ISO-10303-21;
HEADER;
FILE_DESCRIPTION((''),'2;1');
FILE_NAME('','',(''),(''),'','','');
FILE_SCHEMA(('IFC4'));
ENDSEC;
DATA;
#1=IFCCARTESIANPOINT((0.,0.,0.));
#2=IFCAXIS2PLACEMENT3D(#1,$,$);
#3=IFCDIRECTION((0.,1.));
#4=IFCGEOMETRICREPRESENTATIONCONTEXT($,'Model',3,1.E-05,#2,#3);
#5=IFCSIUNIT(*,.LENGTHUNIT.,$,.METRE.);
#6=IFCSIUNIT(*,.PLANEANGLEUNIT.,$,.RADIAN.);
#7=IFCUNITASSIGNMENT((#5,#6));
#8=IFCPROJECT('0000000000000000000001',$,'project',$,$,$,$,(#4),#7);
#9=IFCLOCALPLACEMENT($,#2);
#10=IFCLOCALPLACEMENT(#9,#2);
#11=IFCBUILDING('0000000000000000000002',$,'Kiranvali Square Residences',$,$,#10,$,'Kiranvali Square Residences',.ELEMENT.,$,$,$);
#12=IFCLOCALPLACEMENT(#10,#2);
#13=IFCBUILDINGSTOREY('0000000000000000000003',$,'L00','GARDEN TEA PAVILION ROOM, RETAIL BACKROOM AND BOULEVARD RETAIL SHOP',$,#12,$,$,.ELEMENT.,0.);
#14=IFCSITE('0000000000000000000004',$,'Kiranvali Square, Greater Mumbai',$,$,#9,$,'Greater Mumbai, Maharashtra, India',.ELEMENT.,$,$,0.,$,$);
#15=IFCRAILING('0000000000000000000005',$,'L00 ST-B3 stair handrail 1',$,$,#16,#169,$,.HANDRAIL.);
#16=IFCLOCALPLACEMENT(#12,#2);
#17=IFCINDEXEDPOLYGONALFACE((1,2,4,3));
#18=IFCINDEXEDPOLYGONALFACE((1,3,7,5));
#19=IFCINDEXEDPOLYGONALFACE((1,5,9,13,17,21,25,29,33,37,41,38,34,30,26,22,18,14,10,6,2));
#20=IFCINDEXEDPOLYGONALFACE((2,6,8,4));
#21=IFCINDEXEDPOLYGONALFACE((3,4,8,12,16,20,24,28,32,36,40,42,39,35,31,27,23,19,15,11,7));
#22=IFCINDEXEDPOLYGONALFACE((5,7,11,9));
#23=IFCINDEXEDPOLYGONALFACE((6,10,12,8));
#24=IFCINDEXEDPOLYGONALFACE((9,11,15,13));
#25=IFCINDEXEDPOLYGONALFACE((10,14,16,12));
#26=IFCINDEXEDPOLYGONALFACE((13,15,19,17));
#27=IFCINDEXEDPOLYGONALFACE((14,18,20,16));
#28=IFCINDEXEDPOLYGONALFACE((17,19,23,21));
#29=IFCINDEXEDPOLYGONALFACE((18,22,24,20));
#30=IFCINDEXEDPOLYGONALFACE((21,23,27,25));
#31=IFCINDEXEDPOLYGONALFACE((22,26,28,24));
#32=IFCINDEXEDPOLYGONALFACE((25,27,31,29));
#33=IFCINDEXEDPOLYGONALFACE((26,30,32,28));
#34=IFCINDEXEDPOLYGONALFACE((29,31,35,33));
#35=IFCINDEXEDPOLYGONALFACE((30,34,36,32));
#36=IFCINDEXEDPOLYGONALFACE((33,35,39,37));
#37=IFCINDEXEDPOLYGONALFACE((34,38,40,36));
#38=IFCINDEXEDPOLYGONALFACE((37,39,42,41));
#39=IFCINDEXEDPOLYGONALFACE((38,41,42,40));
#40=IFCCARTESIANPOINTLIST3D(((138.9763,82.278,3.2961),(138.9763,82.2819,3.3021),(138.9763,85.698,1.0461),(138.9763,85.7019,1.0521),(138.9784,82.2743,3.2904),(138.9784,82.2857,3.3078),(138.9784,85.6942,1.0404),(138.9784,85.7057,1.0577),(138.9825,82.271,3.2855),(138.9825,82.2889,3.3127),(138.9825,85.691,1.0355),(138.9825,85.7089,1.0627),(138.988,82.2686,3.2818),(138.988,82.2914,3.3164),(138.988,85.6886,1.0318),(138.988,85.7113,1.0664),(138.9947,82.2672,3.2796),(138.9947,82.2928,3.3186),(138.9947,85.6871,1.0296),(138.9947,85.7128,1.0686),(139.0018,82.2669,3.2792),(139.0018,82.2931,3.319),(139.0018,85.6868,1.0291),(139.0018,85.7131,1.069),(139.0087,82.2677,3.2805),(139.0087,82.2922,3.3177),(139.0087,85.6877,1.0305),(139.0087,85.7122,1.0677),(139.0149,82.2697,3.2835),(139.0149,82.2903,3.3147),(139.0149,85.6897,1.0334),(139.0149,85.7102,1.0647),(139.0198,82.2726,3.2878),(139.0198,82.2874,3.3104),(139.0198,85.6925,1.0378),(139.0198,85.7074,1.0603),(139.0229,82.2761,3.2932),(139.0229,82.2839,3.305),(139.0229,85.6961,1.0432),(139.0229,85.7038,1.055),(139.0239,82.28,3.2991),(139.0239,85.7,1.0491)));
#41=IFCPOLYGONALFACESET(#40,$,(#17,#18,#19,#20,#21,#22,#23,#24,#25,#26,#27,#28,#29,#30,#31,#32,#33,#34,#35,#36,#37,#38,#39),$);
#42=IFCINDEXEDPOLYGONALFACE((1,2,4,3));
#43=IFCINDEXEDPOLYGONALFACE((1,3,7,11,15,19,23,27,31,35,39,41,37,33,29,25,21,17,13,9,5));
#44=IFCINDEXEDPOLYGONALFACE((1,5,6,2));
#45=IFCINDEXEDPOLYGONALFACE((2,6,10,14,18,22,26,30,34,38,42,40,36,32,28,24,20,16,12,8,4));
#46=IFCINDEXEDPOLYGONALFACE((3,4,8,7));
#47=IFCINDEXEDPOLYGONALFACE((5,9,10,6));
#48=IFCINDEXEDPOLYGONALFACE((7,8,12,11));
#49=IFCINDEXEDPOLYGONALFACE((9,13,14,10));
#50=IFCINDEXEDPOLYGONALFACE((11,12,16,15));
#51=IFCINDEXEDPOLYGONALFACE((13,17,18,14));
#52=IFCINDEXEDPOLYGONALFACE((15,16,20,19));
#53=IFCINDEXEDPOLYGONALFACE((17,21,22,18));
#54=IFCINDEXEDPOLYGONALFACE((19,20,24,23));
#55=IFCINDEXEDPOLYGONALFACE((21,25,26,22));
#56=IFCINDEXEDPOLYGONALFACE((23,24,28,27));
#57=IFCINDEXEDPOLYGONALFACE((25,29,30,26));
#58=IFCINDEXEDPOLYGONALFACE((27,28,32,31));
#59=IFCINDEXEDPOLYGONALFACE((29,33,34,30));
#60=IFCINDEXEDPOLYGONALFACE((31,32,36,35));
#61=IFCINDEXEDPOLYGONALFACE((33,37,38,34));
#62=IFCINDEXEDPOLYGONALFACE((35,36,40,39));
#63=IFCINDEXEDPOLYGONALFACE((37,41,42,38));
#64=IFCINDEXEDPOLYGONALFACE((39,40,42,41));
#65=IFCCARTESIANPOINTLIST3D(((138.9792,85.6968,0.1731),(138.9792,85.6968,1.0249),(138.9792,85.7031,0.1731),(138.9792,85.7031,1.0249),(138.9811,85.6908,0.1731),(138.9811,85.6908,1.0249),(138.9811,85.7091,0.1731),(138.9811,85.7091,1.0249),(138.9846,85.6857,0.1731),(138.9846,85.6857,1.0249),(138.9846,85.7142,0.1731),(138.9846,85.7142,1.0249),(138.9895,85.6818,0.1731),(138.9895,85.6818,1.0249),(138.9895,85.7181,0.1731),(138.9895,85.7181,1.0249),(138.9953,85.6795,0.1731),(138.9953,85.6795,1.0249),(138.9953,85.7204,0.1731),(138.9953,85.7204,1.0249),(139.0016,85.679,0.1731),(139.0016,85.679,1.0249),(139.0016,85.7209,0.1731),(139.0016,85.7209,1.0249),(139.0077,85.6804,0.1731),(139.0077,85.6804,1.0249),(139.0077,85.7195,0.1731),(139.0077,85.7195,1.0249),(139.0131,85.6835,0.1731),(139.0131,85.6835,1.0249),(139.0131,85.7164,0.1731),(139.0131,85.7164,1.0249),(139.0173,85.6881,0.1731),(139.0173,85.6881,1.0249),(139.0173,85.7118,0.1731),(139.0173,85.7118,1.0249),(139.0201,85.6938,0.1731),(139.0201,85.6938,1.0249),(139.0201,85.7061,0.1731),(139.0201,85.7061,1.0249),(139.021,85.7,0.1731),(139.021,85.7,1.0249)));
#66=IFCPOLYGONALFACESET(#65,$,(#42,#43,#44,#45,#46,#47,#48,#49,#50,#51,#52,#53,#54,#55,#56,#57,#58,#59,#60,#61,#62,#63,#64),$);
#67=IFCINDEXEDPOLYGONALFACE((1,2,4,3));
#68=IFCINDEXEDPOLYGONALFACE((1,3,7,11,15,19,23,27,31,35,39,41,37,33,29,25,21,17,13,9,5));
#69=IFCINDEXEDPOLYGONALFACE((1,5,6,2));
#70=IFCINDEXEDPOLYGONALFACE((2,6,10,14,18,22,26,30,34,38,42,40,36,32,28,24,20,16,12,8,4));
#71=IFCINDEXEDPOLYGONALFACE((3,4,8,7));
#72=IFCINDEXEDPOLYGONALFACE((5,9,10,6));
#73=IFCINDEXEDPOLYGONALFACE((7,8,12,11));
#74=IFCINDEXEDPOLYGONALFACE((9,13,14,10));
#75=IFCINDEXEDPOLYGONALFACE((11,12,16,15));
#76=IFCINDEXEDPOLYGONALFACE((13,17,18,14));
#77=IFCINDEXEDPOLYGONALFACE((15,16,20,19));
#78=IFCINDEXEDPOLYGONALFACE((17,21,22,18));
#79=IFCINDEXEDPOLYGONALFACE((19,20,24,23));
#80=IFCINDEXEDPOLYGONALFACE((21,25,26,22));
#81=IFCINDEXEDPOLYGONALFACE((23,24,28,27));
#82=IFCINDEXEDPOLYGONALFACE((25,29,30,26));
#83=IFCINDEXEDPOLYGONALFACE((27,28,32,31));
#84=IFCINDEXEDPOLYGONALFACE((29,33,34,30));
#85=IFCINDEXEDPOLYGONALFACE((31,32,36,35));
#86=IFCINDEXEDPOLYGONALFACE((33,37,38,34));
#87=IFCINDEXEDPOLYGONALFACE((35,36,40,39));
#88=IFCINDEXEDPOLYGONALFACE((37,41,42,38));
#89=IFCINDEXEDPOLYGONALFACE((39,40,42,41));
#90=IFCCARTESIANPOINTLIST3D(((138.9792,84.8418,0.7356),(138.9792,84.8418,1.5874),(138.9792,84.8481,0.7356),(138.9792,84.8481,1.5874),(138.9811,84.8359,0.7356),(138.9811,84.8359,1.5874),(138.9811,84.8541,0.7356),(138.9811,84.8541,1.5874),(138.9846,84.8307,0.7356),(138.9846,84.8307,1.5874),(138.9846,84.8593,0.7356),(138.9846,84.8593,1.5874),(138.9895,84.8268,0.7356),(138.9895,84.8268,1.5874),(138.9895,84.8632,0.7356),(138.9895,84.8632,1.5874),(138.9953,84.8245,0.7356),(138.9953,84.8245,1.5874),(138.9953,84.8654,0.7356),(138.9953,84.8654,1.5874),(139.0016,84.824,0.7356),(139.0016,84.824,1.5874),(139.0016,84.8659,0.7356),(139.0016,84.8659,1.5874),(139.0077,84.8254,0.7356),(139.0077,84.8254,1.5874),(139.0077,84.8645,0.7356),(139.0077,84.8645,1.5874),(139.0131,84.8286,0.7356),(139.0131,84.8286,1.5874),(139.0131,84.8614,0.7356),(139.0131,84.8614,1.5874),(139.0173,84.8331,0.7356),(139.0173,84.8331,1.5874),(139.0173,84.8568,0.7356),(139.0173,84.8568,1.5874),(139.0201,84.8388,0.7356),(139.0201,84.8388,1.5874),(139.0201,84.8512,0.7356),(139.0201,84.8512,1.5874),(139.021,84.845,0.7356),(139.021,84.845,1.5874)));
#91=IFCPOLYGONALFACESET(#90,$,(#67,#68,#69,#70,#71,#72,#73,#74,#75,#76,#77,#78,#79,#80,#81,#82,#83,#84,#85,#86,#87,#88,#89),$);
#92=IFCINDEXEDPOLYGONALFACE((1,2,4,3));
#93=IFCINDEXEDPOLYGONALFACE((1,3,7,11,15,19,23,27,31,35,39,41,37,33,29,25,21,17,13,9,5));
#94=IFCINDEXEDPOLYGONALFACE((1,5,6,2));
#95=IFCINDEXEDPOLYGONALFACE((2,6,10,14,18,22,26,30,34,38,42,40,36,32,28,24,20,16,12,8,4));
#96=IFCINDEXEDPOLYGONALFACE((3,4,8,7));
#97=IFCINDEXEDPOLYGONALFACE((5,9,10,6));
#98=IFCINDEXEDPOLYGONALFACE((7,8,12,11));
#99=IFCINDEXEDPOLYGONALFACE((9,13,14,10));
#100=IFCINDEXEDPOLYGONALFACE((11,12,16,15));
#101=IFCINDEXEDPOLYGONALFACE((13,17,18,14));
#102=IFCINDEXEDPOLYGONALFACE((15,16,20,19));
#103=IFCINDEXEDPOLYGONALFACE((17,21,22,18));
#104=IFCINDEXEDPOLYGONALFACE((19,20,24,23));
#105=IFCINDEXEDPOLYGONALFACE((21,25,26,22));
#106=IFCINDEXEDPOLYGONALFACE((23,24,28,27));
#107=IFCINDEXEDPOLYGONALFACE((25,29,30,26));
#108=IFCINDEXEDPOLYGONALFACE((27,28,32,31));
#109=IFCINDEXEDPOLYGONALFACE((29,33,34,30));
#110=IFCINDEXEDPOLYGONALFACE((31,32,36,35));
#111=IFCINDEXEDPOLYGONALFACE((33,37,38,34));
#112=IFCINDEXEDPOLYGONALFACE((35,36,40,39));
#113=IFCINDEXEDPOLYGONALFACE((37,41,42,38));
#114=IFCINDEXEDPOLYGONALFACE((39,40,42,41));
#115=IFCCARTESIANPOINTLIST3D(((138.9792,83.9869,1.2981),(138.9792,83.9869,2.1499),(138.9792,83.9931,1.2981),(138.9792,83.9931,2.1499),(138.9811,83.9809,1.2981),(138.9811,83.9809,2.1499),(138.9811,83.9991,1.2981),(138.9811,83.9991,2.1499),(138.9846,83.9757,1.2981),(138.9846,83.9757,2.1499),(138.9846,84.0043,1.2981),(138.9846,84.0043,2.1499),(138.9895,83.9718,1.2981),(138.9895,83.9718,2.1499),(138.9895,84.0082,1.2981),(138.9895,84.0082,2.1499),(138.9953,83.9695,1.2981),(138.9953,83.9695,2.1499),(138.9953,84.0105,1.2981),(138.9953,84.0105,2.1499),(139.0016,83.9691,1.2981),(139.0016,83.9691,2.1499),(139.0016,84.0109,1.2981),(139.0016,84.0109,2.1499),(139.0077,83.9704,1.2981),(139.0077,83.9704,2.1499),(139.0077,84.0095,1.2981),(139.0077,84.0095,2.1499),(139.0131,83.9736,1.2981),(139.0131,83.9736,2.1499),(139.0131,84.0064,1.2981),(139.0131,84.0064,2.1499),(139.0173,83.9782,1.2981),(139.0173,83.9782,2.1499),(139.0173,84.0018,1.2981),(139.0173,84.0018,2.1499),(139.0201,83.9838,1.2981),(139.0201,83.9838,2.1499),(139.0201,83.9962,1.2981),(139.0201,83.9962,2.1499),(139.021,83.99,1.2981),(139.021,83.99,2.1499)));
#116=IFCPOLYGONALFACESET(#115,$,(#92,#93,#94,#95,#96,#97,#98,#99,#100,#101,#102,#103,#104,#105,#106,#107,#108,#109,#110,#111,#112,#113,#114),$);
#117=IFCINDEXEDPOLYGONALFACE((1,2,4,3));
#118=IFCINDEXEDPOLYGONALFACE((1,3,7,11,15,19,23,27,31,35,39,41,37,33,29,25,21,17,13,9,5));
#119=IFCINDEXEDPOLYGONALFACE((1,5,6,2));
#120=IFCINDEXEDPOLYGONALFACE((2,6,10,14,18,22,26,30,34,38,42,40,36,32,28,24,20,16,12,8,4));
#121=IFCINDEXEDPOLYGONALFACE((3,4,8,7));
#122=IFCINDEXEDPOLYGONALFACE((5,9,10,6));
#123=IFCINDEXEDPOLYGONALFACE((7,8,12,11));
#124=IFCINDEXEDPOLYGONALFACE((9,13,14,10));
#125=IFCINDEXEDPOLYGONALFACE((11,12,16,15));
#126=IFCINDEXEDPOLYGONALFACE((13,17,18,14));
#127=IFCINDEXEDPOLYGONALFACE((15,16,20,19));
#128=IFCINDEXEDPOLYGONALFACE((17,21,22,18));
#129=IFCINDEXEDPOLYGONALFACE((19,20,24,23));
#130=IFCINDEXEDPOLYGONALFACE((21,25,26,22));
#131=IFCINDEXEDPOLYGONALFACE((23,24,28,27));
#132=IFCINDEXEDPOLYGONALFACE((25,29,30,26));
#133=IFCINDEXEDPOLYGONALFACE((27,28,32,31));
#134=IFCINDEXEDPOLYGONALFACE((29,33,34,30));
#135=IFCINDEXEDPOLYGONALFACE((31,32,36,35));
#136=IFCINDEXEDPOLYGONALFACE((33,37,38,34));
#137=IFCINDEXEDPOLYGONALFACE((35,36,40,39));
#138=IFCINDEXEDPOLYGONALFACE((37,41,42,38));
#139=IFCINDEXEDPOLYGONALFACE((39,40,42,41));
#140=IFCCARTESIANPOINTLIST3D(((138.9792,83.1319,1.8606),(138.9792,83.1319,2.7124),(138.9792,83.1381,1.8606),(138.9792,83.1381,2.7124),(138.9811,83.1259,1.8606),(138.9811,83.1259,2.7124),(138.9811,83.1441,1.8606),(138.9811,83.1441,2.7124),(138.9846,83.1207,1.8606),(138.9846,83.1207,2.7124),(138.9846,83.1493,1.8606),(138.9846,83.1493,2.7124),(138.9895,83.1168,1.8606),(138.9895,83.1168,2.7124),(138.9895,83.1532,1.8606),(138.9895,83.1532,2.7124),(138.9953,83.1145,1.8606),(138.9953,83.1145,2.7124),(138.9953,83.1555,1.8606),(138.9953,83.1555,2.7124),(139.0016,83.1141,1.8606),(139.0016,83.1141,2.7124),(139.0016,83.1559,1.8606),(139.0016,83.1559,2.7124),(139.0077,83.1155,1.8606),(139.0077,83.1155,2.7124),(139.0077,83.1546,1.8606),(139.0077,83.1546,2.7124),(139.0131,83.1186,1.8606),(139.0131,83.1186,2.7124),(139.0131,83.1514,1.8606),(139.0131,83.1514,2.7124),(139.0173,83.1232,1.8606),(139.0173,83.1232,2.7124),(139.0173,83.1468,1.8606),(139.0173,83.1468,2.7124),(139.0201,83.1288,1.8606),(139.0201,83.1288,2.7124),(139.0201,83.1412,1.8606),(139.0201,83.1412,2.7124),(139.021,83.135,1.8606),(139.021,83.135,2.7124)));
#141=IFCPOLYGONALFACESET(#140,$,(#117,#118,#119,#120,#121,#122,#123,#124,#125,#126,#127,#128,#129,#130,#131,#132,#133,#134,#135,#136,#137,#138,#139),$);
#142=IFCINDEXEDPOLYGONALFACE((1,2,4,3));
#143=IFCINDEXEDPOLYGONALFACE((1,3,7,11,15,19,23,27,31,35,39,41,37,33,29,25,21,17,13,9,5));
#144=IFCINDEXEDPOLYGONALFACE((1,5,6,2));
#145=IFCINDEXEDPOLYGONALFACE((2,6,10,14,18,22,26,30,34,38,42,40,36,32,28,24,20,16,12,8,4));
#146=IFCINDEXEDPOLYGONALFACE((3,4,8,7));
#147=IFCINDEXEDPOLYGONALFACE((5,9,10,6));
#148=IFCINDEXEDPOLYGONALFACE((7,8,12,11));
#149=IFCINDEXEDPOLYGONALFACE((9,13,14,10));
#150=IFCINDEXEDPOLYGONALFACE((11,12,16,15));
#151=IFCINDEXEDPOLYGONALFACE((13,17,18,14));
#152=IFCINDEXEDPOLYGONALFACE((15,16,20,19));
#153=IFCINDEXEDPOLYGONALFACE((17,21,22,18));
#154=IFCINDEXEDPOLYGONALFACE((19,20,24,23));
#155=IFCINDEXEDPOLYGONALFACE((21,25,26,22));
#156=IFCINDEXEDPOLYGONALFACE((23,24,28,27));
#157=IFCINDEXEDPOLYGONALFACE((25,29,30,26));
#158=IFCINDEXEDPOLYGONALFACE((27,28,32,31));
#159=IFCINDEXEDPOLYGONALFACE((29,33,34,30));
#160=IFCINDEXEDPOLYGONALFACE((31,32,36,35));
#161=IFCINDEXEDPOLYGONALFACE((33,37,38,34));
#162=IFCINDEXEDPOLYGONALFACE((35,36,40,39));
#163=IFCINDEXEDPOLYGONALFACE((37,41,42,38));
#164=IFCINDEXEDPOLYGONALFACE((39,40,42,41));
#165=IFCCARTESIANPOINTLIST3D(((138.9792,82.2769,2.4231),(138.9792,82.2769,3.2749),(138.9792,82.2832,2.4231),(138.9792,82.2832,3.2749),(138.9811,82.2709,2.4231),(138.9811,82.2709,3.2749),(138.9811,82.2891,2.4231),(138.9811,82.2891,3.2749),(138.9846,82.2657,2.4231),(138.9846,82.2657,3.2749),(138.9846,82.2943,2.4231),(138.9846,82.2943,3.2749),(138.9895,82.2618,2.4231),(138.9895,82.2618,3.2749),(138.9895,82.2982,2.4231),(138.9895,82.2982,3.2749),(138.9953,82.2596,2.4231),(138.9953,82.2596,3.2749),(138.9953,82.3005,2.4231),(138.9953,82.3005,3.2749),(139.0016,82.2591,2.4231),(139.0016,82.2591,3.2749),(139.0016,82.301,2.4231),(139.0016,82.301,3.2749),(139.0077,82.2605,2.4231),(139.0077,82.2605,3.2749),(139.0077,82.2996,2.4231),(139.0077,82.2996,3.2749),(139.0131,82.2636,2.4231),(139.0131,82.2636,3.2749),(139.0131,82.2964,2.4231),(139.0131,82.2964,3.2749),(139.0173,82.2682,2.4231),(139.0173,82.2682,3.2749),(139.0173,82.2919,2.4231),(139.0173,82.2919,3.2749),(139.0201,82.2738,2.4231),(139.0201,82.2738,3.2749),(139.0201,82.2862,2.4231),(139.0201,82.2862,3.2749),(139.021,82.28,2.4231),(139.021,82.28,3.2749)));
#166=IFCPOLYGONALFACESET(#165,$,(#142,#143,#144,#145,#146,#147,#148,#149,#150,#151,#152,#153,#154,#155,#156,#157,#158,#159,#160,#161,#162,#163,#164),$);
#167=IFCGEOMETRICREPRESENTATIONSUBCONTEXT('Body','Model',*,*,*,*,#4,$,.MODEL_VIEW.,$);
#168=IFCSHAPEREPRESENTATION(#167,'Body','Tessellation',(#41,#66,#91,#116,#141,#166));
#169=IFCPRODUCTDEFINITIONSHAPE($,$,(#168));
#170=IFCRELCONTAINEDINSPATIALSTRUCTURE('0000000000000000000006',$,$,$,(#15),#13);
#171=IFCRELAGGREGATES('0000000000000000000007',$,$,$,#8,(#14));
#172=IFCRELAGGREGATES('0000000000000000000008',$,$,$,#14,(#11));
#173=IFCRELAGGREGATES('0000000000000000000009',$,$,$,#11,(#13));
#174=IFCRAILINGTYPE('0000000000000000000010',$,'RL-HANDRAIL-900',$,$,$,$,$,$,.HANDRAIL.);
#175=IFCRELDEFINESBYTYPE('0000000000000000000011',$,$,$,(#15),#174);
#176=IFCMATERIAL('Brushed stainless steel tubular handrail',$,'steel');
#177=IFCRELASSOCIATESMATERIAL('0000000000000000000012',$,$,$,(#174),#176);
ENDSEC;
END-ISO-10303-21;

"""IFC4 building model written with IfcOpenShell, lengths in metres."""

from ifc_helpers import new_model, si_unit, direction, frame, origin, origin_2d, place, context, subcontext, project, spatial, circle, extrude, material, type_object, element, save


model = new_model("IFC4")

# Units and contexts
model_context = context("Model", 3, precision=1e-05, world=origin(), true_north=direction((0.0, 1.0)))
body_context = subcontext(model_context, "Body", "Model", "MODEL_VIEW")
ifc_project = project(units=[si_unit("LENGTHUNIT", "METRE"), si_unit("PLANEANGLEUNIT", "RADIAN")], contexts=[model_context])

# Site, building, storey
site_placement = place(None, origin())
site = spatial("IfcSite", under=ifc_project, at=site_placement, Name="Kiranvali Square, Greater Mumbai", LongName="Greater Mumbai, Maharashtra, India", CompositionType="ELEMENT", RefElevation=0.0)
building_placement = place(site_placement, origin())
building = spatial("IfcBuilding", under=site, at=building_placement, Name="Kiranvali Square Residences", LongName="Kiranvali Square Residences", CompositionType="ELEMENT")
storey_placement = place(building_placement, origin())
storey = spatial("IfcBuildingStorey", under=building, at=storey_placement, Name="L00", Description="GARDEN TEA PAVILION ROOM, RETAIL BACKROOM AND BOULEVARD RETAIL SHOP", CompositionType="ELEMENT", Elevation=0.0)

# Railing
ifc_material_1 = material(Name="Brushed stainless steel tubular handrail", Category="steel")
railing_type_1 = type_object("IfcRailingType", Name="RL-HANDRAIL-900", PredefinedType="HANDRAIL", material=ifc_material_1)
railing_1_placement = place(storey_placement, frame((139.0, 85.7, 0.1731)))
element("IfcRailing", 1, at=railing_1_placement, inside=storey, type_object=railing_type_1, Name="L00 ST-B3 stair handrail 1", PredefinedType="HANDRAIL", context=body_context, shape_type="SweptSolid", body=[
    extrude(circle(Radius=0.0239, at=origin_2d()), frame((0.0, 0.0, 0.876), z_axis=(0.0, -0.835411, 0.549625), x_axis=(1.0, 0.0, 0.0)), (0.0, 0.0, 1.0), 4.0938),
    extrude(circle(Radius=0.021, at=origin_2d()), origin(), (0.0, 0.0, 1.0), 0.8518),
    extrude(circle(Radius=0.021, at=origin_2d()), frame((0.0, -0.855, 0.5625)), (0.0, 0.0, 1.0), 0.8518),
    extrude(circle(Radius=0.021, at=origin_2d()), frame((0.0, -1.71, 1.125)), (0.0, 0.0, 1.0), 0.8518),
    extrude(circle(Radius=0.021, at=origin_2d()), frame((0.0, -2.5649, 1.6875)), (0.0, 0.0, 1.0), 0.8518),
    extrude(circle(Radius=0.021, at=origin_2d()), frame((0.0, -3.4199, 2.25)), (0.0, 0.0, 1.0), 0.8518),
])

save(model, "model.ifc")
